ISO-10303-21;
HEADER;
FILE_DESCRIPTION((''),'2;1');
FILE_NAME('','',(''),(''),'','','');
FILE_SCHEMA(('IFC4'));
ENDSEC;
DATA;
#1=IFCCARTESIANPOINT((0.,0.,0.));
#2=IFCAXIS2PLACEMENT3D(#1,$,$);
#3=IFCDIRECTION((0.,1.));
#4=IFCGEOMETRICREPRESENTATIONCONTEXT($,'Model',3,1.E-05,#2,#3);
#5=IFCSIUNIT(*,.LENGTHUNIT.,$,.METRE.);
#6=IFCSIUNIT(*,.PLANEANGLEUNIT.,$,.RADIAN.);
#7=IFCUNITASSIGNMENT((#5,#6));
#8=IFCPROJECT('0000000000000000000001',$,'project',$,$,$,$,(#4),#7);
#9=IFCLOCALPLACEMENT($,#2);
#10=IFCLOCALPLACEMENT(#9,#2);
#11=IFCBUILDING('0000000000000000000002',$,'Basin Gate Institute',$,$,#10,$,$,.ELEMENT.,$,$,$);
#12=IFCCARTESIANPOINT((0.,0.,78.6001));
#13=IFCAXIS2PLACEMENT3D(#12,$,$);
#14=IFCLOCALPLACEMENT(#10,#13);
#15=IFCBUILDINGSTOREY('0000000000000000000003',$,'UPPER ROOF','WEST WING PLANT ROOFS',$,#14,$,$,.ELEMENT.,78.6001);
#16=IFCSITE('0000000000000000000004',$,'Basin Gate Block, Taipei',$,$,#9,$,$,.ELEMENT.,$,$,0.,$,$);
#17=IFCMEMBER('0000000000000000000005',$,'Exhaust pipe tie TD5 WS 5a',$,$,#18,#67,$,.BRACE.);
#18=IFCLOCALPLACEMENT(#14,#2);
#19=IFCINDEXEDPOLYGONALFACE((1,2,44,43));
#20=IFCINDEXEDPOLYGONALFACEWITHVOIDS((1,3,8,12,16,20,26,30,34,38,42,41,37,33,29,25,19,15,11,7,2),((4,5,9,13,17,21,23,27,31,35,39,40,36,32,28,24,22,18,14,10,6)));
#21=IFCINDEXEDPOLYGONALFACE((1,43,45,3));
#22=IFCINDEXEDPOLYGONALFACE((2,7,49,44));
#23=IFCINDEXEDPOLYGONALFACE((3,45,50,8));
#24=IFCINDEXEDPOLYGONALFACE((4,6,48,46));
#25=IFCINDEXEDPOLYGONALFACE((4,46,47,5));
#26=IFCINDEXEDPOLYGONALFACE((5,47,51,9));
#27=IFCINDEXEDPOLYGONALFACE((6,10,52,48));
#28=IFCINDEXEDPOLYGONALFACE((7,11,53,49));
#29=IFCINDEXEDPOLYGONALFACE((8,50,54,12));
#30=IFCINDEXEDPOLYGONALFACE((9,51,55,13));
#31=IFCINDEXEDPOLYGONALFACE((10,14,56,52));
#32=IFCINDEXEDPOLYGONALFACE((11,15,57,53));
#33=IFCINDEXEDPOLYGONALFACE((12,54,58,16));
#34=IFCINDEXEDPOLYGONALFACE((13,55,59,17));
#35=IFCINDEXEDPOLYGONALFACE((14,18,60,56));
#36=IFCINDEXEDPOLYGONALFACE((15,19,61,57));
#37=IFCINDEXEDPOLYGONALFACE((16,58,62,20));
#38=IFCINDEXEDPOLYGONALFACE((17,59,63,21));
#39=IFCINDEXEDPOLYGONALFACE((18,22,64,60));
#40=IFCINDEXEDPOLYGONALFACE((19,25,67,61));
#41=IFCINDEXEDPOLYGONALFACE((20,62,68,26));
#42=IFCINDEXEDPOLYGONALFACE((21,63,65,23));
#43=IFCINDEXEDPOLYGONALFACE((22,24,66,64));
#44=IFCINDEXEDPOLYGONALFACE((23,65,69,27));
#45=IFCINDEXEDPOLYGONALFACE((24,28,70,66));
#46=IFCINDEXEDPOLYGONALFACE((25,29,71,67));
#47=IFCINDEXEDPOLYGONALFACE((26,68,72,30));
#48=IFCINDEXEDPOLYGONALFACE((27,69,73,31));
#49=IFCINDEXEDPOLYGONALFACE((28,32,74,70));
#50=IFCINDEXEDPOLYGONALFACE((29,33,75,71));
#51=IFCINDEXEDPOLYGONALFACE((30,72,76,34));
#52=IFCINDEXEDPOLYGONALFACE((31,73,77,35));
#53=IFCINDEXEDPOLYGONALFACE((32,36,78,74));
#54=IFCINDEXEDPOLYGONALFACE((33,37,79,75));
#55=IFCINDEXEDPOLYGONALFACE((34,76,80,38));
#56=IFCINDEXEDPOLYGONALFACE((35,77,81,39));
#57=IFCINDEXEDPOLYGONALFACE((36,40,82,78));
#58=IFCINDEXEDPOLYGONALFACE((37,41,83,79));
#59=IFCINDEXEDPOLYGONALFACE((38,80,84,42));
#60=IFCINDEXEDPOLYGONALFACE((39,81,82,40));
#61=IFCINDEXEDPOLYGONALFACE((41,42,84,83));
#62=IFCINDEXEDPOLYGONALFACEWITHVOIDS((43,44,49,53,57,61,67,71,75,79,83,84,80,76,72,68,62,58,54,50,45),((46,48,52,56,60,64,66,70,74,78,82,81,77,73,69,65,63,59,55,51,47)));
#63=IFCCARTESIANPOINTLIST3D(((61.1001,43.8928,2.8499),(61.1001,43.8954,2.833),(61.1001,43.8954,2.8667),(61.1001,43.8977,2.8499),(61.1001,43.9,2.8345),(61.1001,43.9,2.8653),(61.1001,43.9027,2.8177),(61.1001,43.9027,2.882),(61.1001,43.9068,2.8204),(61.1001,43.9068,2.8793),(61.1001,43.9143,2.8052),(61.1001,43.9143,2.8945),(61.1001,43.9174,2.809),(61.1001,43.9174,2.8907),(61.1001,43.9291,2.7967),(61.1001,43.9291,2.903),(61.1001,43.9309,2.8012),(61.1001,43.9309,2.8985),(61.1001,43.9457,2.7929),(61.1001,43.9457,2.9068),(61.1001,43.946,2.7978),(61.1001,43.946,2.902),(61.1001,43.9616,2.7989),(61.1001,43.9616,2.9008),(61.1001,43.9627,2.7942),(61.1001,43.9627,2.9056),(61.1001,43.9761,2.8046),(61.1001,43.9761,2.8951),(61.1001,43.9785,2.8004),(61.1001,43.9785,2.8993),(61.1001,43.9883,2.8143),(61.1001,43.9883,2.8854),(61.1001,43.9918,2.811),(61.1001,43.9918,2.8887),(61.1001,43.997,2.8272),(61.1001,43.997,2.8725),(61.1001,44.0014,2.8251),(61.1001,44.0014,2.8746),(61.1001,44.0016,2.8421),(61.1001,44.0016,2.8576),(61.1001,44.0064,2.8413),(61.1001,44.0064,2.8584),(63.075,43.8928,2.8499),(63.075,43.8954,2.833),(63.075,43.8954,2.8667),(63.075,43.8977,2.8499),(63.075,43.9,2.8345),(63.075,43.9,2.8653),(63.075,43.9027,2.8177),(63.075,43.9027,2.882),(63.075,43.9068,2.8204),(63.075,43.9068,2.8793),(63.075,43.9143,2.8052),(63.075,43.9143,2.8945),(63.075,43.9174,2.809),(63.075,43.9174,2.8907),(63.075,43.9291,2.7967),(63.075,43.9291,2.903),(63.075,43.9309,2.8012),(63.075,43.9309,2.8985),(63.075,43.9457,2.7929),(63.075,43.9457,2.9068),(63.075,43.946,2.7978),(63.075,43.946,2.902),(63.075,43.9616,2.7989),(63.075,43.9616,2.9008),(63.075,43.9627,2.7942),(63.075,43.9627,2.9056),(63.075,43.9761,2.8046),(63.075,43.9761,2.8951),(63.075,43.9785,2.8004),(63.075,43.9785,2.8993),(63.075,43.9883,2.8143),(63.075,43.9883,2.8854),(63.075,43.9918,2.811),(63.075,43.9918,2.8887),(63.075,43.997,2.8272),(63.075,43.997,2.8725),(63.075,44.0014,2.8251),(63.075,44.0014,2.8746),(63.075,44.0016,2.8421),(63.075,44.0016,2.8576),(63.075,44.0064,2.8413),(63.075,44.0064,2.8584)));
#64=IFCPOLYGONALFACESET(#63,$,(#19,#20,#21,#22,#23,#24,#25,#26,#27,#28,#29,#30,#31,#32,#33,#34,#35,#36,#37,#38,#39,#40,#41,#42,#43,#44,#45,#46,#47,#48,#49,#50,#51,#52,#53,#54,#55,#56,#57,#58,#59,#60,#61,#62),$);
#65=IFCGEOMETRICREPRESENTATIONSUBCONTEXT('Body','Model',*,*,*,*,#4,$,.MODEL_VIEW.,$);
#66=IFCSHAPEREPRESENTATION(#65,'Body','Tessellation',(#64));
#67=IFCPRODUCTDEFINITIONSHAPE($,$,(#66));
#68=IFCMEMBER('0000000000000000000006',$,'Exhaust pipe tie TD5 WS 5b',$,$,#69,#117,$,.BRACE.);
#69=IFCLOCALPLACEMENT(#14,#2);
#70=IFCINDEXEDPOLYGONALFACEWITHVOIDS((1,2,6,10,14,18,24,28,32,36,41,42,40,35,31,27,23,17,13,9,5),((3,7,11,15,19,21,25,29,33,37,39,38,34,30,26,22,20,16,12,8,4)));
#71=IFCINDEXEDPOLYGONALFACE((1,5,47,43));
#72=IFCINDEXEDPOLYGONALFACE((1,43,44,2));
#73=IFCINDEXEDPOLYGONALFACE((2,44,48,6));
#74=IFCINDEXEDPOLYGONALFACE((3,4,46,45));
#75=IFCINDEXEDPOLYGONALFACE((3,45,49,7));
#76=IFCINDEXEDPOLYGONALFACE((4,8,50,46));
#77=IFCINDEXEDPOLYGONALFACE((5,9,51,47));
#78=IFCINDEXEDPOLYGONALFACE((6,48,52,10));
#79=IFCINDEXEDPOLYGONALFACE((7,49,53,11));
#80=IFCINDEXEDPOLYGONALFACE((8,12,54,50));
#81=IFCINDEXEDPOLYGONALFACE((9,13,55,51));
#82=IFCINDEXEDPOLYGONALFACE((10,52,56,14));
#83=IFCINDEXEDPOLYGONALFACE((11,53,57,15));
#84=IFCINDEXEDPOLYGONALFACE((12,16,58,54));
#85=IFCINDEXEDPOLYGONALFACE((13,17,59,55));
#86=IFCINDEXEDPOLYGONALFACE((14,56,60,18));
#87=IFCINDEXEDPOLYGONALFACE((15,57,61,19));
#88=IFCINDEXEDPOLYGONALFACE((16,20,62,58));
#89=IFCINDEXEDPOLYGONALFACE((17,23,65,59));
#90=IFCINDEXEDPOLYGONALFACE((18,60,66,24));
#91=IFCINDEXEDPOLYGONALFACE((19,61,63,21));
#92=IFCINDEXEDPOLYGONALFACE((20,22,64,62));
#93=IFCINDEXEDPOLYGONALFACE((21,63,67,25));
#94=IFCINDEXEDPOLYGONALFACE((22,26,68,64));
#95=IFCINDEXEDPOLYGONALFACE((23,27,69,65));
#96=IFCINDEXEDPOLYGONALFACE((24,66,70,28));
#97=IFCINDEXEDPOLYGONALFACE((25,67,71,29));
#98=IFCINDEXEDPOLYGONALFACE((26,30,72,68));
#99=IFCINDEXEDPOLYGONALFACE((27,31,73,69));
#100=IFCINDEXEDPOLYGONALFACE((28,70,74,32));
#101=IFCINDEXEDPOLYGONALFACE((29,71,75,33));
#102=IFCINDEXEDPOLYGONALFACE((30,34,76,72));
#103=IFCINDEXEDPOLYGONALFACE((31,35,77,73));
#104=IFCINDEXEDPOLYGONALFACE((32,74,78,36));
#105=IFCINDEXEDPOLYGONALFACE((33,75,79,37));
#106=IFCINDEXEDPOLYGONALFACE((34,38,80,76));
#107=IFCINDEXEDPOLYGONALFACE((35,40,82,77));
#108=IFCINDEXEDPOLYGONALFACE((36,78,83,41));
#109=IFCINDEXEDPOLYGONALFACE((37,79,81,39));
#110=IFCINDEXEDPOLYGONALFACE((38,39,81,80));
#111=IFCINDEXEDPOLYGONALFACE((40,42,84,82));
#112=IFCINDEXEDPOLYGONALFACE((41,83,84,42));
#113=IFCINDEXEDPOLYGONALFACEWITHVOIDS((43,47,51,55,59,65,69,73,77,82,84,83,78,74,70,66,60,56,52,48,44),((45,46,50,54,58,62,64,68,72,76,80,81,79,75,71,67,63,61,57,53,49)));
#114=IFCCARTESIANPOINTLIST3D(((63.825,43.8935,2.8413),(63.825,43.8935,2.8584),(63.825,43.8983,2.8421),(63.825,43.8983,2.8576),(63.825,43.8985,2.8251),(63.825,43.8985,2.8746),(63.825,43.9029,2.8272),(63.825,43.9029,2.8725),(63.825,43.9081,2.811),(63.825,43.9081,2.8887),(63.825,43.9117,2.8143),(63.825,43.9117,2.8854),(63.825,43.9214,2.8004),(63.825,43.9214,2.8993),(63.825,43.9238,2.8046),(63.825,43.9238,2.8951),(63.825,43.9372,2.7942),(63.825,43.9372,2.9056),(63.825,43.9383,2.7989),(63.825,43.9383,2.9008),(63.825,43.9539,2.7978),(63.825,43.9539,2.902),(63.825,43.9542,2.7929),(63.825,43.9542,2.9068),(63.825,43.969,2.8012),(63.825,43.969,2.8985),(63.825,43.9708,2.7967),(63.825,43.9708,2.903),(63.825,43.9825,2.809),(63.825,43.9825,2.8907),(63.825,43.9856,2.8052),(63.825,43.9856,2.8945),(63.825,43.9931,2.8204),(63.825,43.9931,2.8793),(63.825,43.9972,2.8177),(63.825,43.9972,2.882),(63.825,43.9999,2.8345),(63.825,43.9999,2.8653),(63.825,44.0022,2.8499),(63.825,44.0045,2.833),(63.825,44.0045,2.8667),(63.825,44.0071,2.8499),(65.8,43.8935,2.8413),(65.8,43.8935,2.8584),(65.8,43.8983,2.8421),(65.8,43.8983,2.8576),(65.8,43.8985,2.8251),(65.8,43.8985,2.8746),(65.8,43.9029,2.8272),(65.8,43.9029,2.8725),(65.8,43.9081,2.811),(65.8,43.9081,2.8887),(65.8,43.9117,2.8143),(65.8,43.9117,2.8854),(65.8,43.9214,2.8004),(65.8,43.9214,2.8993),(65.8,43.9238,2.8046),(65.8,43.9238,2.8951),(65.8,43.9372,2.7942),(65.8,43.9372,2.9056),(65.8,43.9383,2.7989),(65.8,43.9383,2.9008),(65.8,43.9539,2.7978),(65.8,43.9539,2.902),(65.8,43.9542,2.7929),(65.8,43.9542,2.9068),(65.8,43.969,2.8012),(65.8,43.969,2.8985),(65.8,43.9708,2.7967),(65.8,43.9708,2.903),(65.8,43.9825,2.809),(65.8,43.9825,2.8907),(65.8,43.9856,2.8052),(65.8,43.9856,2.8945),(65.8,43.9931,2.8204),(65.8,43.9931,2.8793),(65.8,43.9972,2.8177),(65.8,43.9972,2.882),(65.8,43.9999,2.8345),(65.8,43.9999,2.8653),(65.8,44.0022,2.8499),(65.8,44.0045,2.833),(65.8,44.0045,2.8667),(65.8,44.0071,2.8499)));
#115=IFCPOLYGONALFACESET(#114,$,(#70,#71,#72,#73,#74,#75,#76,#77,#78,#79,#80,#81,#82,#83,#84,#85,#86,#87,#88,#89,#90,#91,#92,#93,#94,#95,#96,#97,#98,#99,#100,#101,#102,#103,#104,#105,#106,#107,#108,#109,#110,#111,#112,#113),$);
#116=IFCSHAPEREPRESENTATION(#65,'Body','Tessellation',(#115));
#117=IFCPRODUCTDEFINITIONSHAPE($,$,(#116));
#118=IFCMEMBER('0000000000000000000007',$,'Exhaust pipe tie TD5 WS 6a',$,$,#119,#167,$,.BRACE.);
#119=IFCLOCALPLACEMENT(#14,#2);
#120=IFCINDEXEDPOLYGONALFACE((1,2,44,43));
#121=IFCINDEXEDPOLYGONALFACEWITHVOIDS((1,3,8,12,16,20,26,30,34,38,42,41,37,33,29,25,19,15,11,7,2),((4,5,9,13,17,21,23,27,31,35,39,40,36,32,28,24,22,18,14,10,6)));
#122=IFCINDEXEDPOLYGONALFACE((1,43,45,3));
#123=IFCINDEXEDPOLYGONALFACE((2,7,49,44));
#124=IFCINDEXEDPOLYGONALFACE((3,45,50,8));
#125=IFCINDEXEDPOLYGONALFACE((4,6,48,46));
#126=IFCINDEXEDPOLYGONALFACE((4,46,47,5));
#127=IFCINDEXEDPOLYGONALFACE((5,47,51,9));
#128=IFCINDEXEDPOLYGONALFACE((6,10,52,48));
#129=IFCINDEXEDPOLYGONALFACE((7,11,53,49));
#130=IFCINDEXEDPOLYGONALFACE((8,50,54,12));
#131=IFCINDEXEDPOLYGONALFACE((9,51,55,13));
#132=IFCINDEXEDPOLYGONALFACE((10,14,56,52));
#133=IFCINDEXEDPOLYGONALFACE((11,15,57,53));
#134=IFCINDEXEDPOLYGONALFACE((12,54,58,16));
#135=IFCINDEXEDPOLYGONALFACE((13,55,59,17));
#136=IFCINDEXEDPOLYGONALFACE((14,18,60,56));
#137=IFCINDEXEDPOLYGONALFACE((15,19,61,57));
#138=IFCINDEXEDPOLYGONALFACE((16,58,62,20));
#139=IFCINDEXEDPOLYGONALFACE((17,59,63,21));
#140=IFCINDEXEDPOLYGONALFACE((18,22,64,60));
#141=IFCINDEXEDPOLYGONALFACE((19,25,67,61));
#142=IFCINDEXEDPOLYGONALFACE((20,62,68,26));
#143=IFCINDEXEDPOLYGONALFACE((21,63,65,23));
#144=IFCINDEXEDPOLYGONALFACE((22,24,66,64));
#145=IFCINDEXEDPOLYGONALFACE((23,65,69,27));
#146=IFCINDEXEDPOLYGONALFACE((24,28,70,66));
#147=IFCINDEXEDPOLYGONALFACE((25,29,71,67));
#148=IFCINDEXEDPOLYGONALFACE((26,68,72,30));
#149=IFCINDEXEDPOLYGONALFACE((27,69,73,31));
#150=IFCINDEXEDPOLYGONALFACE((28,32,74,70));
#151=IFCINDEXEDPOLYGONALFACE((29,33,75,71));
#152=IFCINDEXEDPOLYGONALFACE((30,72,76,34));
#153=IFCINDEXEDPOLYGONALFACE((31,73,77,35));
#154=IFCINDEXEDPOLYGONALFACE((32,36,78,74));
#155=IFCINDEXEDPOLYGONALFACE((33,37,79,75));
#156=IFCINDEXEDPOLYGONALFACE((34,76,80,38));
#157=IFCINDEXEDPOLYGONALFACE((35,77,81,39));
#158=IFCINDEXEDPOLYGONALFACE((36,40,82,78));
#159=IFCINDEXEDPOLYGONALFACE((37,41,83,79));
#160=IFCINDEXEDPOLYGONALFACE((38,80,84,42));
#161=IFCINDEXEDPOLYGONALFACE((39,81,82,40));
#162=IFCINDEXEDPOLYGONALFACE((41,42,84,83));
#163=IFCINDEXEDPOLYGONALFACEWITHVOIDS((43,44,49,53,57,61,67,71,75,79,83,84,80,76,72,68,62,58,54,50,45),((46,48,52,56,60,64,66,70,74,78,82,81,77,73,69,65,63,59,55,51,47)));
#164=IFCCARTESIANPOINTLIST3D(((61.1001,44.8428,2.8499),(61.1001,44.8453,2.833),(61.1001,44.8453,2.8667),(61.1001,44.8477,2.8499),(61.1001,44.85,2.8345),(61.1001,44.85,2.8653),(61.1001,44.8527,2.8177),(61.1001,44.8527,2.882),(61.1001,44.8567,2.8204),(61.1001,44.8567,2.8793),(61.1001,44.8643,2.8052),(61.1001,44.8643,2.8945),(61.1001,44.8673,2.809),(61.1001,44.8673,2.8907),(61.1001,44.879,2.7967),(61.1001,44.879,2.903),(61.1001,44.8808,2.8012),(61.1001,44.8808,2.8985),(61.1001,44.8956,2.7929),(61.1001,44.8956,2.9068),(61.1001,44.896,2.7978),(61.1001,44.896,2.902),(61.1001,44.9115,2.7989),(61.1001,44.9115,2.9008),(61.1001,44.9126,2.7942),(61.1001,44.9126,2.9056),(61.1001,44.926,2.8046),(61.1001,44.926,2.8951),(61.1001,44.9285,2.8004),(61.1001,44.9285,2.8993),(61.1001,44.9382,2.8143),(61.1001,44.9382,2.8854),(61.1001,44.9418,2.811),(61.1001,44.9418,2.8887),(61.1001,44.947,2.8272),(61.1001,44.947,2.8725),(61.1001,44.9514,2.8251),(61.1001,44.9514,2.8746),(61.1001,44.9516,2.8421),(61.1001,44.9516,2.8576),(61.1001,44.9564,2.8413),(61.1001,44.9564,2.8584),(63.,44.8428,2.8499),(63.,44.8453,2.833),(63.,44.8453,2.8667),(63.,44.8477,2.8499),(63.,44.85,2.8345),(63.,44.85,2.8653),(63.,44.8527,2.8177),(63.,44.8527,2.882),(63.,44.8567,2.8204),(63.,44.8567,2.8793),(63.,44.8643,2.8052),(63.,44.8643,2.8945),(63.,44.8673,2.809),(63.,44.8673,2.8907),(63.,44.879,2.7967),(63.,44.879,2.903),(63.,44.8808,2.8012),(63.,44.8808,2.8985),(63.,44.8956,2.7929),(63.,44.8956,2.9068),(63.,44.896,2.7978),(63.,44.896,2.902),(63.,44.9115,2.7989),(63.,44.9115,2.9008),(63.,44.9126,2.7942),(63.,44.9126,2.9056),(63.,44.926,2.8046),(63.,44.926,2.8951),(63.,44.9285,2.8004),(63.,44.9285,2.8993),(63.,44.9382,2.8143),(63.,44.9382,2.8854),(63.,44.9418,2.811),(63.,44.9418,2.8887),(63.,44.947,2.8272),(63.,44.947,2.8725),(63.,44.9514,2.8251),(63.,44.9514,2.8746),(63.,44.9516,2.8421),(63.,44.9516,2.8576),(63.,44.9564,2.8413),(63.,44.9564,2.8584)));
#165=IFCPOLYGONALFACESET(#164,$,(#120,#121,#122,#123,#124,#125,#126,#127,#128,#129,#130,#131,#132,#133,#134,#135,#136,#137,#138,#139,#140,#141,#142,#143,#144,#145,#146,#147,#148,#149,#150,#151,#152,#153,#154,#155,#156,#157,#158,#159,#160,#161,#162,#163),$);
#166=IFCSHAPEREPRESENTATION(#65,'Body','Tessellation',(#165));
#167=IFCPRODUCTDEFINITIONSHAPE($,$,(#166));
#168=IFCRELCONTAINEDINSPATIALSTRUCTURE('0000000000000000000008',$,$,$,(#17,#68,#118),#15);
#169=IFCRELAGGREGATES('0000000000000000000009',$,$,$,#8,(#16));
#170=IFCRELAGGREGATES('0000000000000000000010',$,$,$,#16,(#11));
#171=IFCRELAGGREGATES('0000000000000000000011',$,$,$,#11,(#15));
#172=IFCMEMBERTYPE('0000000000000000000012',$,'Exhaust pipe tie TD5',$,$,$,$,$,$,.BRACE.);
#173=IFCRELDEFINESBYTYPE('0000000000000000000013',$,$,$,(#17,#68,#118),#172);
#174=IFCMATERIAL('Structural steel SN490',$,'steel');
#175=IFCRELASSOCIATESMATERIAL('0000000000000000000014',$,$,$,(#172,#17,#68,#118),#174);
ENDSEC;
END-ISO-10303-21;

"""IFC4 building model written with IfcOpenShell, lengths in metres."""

from ifc_helpers import new_model, si_unit, direction, frame, origin, origin_2d, place, context, subcontext, project, spatial, hollow_circle, extrude, material, material_profile, profile_set, type_object, element, save


model = new_model("IFC4")

# Units and contexts
model_context = context("Model", 3, precision=1e-05, world=origin(), true_north=direction((0.0, 1.0)))
body_context = subcontext(model_context, "Body", "Model", "MODEL_VIEW")
ifc_project = project(units=[si_unit("LENGTHUNIT", "METRE"), si_unit("PLANEANGLEUNIT", "RADIAN")], contexts=[model_context])

# Site, building, storey
site_placement = place(None, origin())
site = spatial("IfcSite", under=ifc_project, at=site_placement, Name="Basin Gate Block, Taipei", CompositionType="ELEMENT", RefElevation=0.0)
building_placement = place(site_placement, origin())
building = spatial("IfcBuilding", under=site, at=building_placement, Name="Basin Gate Institute", CompositionType="ELEMENT")
storey_placement = place(building_placement, frame((0.0, 0.0, 78.6001)))
storey = spatial("IfcBuildingStorey", under=building, at=storey_placement, Name="UPPER ROOF", Description="WEST WING PLANT ROOFS", CompositionType="ELEMENT", Elevation=78.6001)

# Members
ifc_material_1 = material(Name="Structural steel SN490", Category="steel")
ifc_material_profile_1 = material_profile(ifc_material_1, hollow_circle(Radius=0.0571, WallThickness=0.0049, at=origin_2d()), Name="CHS114x5")
ifc_profile_set_1 = profile_set([ifc_material_profile_1], Name="Structural steel SN490")
member_type_1 = type_object("IfcMemberType", Name="Exhaust pipe tie TD5", PredefinedType="BRACE", material=ifc_profile_set_1)
member_1_placement = place(storey_placement, frame((63.075, 43.95, 2.8499), z_axis=(-1.0, 0.0, 0.0), x_axis=(0.0, -1.0, 0.0)))
element("IfcMember", 1, at=member_1_placement, inside=storey, type_object=member_type_1, material=ifc_profile_set_1, Name="Exhaust pipe tie TD5 WS 5a", PredefinedType="BRACE", context=body_context, shape_type="SweptSolid", body=[
    extrude(hollow_circle(Radius=0.0571, WallThickness=0.0049, at=origin_2d()), origin(), (0.0, 0.0, 1.0), 1.9749),
])
member_2_placement = place(storey_placement, frame((63.825, 43.95, 2.8499), z_axis=(1.0, 0.0, 0.0), x_axis=(0.0, 1.0, 0.0)))
element("IfcMember", 2, at=member_2_placement, inside=storey, type_object=member_type_1, material=ifc_profile_set_1, Name="Exhaust pipe tie TD5 WS 5b", PredefinedType="BRACE", context=body_context, shape_type="SweptSolid", body=[
    extrude(hollow_circle(Radius=0.0571, WallThickness=0.0049, at=origin_2d()), origin(), (0.0, 0.0, 1.0), 1.9751),
])
member_3_placement = place(storey_placement, frame((63.0, 44.8999, 2.8499), z_axis=(-1.0, 0.0, 0.0), x_axis=(0.0, -1.0, 0.0)))
element("IfcMember", 3, at=member_3_placement, inside=storey, type_object=member_type_1, material=ifc_profile_set_1, Name="Exhaust pipe tie TD5 WS 6a", PredefinedType="BRACE", context=body_context, shape_type="SweptSolid", body=[
    extrude(hollow_circle(Radius=0.0571, WallThickness=0.0049, at=origin_2d()), origin(), (0.0, 0.0, 1.0), 1.8999),
])

save(model, "model.ifc")
